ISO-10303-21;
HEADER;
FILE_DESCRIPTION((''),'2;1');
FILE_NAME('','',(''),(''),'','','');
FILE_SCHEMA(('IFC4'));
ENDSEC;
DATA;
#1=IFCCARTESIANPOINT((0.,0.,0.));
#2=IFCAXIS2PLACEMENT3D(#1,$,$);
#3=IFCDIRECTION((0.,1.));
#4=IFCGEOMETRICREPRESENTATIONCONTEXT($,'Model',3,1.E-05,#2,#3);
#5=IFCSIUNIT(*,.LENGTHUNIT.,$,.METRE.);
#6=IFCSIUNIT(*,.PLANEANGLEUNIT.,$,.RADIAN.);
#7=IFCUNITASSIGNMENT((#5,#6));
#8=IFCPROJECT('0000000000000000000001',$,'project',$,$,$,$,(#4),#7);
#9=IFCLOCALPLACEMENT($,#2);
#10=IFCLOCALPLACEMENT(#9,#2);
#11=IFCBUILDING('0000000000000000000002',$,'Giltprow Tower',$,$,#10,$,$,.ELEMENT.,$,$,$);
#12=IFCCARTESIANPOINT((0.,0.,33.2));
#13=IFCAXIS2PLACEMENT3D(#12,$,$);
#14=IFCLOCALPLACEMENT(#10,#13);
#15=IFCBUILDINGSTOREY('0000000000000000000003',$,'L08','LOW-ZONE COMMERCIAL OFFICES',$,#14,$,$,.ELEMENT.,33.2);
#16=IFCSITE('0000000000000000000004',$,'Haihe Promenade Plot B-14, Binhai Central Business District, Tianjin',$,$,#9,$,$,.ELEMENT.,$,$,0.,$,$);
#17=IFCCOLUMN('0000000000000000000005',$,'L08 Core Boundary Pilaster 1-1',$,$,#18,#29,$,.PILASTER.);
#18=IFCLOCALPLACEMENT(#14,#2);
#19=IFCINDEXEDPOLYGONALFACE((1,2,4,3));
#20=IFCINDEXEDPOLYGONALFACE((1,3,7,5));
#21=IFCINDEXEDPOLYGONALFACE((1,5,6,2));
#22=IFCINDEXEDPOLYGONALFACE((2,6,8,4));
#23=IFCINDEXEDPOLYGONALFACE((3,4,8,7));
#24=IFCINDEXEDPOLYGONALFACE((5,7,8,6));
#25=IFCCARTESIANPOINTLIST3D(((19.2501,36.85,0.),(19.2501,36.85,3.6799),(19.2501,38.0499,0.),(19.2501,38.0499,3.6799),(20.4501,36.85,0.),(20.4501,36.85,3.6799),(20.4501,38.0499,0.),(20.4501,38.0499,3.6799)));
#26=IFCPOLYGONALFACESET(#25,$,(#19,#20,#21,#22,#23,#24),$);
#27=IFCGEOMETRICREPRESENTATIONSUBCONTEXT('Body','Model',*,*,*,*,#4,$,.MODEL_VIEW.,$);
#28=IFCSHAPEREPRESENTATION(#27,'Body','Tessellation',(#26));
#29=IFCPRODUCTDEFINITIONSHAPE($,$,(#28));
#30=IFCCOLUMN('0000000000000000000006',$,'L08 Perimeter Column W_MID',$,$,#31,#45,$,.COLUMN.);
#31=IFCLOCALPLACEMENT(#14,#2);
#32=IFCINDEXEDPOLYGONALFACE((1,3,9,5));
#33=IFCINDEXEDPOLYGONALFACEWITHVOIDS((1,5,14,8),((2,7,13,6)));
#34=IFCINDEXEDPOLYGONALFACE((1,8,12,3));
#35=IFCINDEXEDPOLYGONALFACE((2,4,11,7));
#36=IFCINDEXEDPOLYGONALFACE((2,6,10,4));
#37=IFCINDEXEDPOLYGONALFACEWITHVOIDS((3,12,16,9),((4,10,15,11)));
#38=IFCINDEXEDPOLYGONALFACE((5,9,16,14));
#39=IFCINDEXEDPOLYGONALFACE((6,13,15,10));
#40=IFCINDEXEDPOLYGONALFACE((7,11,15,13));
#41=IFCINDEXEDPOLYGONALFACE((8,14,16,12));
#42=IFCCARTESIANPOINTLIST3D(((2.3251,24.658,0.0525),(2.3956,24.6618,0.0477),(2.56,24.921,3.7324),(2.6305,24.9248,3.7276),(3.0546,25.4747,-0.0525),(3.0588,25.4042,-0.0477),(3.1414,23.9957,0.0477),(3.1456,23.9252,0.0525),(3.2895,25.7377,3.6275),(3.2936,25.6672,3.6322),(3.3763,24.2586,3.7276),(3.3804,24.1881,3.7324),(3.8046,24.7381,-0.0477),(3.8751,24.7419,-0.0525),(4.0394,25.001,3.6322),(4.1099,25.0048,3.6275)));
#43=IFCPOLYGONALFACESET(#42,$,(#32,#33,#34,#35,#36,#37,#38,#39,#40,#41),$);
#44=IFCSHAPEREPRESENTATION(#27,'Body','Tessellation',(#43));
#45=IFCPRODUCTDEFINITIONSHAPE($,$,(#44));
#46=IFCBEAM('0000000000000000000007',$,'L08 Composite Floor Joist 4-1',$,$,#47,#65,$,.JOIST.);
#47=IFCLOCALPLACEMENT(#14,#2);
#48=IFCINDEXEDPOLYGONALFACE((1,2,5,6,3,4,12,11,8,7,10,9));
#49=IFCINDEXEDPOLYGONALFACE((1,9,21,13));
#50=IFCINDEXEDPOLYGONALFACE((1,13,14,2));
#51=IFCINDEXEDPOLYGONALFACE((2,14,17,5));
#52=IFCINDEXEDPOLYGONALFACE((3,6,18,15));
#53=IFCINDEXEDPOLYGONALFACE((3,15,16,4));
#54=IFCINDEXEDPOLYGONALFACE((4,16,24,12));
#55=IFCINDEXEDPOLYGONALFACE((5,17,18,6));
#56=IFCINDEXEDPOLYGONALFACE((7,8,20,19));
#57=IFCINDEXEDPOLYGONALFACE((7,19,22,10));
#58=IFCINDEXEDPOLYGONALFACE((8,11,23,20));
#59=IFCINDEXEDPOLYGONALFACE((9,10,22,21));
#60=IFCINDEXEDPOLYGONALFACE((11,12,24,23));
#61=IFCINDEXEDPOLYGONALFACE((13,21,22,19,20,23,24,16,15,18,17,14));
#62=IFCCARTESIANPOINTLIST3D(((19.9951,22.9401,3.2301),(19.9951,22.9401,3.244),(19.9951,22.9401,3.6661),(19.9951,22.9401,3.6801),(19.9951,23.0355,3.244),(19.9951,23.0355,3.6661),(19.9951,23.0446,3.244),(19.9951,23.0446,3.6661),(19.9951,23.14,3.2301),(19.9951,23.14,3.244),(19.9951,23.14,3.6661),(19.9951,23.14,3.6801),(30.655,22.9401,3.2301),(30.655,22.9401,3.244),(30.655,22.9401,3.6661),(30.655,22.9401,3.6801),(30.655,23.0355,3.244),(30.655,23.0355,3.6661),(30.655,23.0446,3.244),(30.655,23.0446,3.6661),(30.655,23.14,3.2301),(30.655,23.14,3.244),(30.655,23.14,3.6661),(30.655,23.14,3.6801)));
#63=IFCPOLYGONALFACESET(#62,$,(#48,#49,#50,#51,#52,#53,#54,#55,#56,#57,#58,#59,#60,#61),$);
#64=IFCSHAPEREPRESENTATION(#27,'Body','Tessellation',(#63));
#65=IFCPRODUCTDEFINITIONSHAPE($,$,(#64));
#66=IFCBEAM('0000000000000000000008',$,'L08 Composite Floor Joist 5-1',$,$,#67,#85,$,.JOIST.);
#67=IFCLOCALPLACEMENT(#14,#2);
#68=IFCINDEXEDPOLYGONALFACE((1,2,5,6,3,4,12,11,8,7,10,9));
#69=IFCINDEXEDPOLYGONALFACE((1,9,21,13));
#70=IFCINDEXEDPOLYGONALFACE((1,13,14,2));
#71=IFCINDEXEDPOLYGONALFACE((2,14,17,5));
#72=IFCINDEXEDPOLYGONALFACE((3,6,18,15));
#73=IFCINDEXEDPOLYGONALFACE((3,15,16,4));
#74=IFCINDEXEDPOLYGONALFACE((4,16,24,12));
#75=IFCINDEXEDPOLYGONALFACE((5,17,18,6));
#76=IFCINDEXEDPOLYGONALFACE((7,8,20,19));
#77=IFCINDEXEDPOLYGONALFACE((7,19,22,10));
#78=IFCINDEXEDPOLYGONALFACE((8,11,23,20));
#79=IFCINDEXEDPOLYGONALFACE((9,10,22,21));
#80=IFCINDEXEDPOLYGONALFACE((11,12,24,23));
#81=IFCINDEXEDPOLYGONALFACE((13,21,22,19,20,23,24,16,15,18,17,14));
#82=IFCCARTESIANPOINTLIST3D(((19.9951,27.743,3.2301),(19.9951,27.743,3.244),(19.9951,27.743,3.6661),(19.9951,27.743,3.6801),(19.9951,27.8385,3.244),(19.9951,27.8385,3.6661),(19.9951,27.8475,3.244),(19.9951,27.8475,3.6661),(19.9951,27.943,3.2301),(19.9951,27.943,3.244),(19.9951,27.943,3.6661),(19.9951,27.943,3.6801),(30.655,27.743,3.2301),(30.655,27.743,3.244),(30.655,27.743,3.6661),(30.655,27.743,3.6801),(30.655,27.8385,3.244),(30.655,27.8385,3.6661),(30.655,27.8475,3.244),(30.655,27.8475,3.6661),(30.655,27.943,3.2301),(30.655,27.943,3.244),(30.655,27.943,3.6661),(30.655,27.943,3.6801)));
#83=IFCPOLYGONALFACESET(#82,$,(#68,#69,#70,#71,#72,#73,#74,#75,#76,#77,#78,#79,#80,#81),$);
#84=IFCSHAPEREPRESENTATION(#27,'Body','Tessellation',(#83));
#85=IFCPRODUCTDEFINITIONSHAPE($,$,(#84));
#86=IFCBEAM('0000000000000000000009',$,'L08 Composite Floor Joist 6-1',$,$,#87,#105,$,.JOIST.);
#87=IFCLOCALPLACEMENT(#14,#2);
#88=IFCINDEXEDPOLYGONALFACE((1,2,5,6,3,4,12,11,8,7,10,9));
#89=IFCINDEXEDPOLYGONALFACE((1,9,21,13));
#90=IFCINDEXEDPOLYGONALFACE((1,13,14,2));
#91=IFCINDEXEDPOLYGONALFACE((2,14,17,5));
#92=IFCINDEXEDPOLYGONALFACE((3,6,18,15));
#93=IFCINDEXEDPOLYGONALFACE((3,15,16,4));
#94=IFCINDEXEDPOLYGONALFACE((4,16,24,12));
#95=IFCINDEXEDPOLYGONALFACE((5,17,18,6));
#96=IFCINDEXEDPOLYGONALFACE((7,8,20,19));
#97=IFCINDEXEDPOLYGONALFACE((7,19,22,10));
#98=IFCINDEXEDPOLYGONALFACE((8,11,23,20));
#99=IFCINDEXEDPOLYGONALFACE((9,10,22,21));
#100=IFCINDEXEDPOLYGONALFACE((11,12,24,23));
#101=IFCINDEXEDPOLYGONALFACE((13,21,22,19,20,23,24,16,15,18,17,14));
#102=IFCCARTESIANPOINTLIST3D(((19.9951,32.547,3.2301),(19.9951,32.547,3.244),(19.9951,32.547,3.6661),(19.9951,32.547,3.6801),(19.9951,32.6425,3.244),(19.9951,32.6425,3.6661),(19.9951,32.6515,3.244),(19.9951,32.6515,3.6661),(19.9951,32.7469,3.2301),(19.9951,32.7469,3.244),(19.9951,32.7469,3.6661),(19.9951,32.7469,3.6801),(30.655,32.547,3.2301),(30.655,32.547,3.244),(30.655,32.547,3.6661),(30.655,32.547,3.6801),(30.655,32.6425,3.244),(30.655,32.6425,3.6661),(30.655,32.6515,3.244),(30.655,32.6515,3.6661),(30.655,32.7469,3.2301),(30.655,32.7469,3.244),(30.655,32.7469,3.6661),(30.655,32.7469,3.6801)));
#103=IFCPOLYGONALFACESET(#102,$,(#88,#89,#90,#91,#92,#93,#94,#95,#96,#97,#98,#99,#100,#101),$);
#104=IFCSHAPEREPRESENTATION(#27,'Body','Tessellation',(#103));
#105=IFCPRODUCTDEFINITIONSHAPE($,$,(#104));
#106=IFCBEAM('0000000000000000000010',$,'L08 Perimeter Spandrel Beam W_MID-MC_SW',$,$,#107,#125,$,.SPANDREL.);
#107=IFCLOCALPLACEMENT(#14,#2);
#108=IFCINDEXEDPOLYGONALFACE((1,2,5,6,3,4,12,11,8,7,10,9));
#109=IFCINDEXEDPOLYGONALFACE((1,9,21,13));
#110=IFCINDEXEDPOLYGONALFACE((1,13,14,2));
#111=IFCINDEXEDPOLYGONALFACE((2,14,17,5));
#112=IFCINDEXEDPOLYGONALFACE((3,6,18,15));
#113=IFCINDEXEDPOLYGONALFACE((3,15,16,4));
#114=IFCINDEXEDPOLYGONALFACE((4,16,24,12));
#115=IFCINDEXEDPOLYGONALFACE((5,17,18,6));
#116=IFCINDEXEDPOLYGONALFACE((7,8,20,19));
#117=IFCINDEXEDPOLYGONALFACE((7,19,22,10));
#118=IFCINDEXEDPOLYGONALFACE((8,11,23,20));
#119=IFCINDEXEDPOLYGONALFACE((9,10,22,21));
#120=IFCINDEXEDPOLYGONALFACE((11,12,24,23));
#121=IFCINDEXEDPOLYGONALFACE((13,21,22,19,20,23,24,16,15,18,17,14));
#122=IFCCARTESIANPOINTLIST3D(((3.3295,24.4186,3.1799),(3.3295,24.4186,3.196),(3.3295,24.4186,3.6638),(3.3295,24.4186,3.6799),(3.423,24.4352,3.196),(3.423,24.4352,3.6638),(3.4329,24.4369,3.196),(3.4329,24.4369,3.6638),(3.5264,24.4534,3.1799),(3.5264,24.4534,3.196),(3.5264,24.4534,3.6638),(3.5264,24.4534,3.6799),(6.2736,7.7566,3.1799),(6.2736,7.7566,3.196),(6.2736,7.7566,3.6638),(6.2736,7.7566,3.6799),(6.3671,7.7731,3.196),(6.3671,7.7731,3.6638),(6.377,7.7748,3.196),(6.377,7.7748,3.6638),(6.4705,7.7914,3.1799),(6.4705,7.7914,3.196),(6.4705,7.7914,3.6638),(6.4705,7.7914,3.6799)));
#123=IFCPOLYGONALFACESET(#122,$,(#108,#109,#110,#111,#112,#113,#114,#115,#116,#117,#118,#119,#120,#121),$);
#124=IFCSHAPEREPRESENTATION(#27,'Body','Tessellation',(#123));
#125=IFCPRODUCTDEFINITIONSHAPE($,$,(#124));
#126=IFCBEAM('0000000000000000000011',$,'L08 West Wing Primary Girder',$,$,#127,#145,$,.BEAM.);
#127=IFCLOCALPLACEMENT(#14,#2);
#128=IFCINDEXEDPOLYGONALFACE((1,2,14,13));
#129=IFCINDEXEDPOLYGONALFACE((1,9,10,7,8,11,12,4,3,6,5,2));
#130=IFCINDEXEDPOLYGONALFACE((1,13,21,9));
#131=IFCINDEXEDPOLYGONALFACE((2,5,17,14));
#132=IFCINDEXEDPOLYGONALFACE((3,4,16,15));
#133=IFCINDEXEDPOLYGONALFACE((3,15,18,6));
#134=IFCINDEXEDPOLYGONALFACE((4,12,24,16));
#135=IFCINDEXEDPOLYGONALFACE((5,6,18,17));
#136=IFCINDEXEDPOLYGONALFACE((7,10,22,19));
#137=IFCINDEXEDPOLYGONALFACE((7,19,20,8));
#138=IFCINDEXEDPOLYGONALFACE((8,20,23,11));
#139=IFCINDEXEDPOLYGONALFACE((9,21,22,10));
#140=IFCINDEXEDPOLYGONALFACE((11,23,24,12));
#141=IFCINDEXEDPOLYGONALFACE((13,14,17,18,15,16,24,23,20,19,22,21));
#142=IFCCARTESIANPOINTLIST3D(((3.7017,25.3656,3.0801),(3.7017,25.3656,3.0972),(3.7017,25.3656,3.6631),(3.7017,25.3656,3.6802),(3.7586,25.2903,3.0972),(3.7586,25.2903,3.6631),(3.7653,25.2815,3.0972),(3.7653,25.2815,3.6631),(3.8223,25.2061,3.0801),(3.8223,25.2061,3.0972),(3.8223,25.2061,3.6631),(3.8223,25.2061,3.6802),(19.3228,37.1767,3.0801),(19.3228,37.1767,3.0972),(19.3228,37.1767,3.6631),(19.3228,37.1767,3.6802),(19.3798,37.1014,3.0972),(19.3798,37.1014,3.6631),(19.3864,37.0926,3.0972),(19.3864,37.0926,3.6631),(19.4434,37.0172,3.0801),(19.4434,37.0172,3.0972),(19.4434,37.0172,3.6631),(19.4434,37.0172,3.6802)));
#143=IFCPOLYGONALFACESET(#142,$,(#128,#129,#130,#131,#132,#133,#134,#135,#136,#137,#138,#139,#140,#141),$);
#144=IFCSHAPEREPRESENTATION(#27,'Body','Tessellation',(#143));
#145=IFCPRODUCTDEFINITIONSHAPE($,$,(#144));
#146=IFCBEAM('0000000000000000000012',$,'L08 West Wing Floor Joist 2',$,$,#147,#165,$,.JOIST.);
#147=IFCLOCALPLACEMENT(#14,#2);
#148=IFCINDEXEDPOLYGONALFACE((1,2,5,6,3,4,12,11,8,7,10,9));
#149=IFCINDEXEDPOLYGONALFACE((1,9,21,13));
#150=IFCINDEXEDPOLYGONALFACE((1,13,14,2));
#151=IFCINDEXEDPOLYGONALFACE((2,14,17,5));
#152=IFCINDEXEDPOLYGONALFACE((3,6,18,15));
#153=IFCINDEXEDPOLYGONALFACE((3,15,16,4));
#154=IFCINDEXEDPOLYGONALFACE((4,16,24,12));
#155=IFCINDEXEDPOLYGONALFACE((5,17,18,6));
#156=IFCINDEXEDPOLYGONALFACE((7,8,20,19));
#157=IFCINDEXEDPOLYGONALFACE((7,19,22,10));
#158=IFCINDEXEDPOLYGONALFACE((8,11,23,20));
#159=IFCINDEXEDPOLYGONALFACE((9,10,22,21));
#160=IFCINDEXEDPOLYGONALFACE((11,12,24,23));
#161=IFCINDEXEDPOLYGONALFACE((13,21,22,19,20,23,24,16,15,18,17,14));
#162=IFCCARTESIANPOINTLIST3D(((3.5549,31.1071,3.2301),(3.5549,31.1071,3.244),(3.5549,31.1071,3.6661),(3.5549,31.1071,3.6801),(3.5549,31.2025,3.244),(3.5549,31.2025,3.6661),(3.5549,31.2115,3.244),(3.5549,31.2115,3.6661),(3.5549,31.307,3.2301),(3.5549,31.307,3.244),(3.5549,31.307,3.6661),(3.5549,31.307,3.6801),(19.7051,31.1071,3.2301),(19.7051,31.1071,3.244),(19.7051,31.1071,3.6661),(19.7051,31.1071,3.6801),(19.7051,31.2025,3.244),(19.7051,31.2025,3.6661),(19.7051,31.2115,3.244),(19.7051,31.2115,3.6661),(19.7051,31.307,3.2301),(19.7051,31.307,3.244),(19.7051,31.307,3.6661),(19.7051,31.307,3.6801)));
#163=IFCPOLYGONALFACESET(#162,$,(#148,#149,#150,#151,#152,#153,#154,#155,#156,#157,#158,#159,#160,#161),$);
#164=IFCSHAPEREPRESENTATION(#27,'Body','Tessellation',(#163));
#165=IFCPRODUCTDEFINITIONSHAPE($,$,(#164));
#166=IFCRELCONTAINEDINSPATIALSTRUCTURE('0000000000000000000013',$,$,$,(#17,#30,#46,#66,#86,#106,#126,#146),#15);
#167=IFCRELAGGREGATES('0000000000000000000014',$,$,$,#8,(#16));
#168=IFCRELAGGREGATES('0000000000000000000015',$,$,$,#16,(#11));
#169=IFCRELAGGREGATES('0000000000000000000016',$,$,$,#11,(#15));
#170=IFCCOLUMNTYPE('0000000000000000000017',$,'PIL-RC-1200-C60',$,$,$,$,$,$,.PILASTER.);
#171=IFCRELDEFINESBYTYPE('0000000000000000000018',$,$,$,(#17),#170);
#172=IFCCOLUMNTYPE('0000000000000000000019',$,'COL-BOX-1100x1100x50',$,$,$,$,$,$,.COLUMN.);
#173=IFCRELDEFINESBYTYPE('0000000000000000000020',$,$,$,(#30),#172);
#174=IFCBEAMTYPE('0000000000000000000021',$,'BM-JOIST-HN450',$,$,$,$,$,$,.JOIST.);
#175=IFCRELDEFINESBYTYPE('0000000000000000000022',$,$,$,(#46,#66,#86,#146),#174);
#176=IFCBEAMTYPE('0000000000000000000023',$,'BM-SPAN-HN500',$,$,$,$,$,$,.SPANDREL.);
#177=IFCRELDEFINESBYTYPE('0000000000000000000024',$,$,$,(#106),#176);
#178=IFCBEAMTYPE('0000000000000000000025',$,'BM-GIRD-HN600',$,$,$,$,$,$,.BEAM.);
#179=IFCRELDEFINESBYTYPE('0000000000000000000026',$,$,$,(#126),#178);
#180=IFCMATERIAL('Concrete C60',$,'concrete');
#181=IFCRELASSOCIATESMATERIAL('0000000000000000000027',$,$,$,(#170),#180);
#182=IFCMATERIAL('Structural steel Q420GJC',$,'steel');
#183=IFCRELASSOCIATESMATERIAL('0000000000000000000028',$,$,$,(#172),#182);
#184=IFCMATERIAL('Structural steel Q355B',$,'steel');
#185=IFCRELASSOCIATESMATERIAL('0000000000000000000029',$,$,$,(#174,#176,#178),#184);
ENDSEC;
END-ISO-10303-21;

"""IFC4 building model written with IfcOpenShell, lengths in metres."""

from ifc_helpers import new_model, si_unit, direction, frame, origin, origin_2d, place, context, subcontext, project, spatial, rectangle, hollow_rectangle, i_section, extrude, source, transform, mapped, material, material_profile, profile_set, type_object, element, save


model = new_model("IFC4")

# Units and contexts
model_context = context("Model", 3, precision=1e-05, world=origin(), true_north=direction((0.0, 1.0)))
body_context = subcontext(model_context, "Body", "Model", "MODEL_VIEW")
ifc_project = project(units=[si_unit("LENGTHUNIT", "METRE"), si_unit("PLANEANGLEUNIT", "RADIAN")], contexts=[model_context])

# Site, building, storey
site_placement = place(None, origin())
site = spatial("IfcSite", under=ifc_project, at=site_placement, Name="Haihe Promenade Plot B-14, Binhai Central Business District, Tianjin", CompositionType="ELEMENT", RefElevation=0.0)
building_placement = place(site_placement, origin())
building = spatial("IfcBuilding", under=site, at=building_placement, Name="Giltprow Tower", CompositionType="ELEMENT")
storey_placement = place(building_placement, frame((0.0, 0.0, 33.2)))
storey = spatial("IfcBuildingStorey", under=building, at=storey_placement, Name="L08", Description="LOW-ZONE COMMERCIAL OFFICES", CompositionType="ELEMENT", Elevation=33.2)

# Columns
ifc_material_1 = material(Name="Concrete C60", Category="concrete")
ifc_material_profile_1 = material_profile(ifc_material_1, rectangle(XDim=1.2, YDim=1.2, at=origin_2d()), Name="RC 1200x1200")
ifc_profile_set_1 = profile_set([ifc_material_profile_1], Name="Concrete C60")
column_type_1 = type_object("IfcColumnType", Name="PIL-RC-1200-C60", PredefinedType="PILASTER", material=ifc_profile_set_1)
shared_shape_1 = source(origin(), body_context, "Body", "SweptSolid", [
    extrude(rectangle(XDim=1.2, YDim=1.2, at=origin_2d()), origin(), (0.0, 0.0, 1.0), 3.6799),
])
column_1_placement = place(storey_placement, frame((19.8501, 37.45, 0.0), z_axis=(0.0, 0.0, 1.0), x_axis=(1.0, 0.0, 0.0)))
element("IfcColumn", 1, at=column_1_placement, inside=storey, type_object=column_type_1, Name="L08 Core Boundary Pilaster 1-1", PredefinedType="PILASTER", context=body_context, shape_type="MappedRepresentation", body=[
    mapped(shared_shape_1, transform((0.0, 0.0, 0.0), x_axis=(1.0, 0.0, 0.0), y_axis=(0.0, 1.0, 0.0), z_axis=(0.0, 0.0, 1.0), scale=1.0)),
])
ifc_material_2 = material(Name="Structural steel Q420GJC", Category="steel")
ifc_material_profile_2 = material_profile(ifc_material_2, hollow_rectangle(XDim=1.1001, YDim=1.1001, WallThickness=0.05, at=origin_2d()), Name="BOX 1100x1100x50")
ifc_profile_set_2 = profile_set([ifc_material_profile_2], Name="Structural steel Q420GJC")
column_type_2 = type_object("IfcColumnType", Name="COL-BOX-1100x1100x50", PredefinedType="COLUMN", material=ifc_profile_set_2)
shared_shape_2 = source(origin(), body_context, "Body", "SweptSolid", [
    extrude(hollow_rectangle(XDim=1.1001, YDim=1.1001, WallThickness=0.05, at=origin_2d()), origin(), (0.0, 0.0, 1.0), 3.6968),
])
column_2_placement = place(storey_placement, frame((3.1001, 24.7, 0.0), z_axis=(0.063532, 0.071127, 0.995442), x_axis=(-0.745802, 0.666167, 0.0)))
element("IfcColumn", 2, at=column_2_placement, inside=storey, type_object=column_type_2, Name="L08 Perimeter Column W_MID", PredefinedType="COLUMN", context=body_context, shape_type="MappedRepresentation", body=[
    mapped(shared_shape_2, transform((0.0, 0.0, 0.0), x_axis=(1.0, 0.0, 0.0), y_axis=(0.0, 1.0, 0.0), z_axis=(0.0, 0.0, 1.0), scale=1.0)),
])

# Beams
ifc_material_3 = material(Name="Structural steel Q355B", Category="steel")
ifc_material_profile_3 = material_profile(ifc_material_3, i_section(OverallWidth=0.2, OverallDepth=0.45, WebThickness=0.009, FlangeThickness=0.0139, at=origin_2d()), Name="HN 450x200x9x14")
ifc_profile_set_3 = profile_set([ifc_material_profile_3], Name="Structural steel Q355B")
beam_type_1 = type_object("IfcBeamType", Name="BM-JOIST-HN450", PredefinedType="JOIST", material=ifc_profile_set_3)
shared_shape_3 = source(origin(), body_context, "Body", "SweptSolid", [
    extrude(i_section(OverallWidth=0.2, OverallDepth=0.45, WebThickness=0.009, FlangeThickness=0.0139, at=origin_2d()), origin(), (0.0, 0.0, 1.0), 10.6599),
])
for number, where, z_axis, x_axis, name in (
    (3, (19.9951, 23.04, 3.4551), (1.0, 0.0, 0.0), (0.0, 1.0, 0.0), "L08 Composite Floor Joist 4-1"),
    (4, (19.9951, 27.843, 3.4551), (1.0, 0.0, 0.0), (0.0, 1.0, 0.0), "L08 Composite Floor Joist 5-1"),
    (5, (19.9951, 32.647, 3.4551), (1.0, 0.0, 0.0), (0.0, 1.0, 0.0), "L08 Composite Floor Joist 6-1"),
):
    element("IfcBeam", number, at=place(storey_placement, frame(where, z_axis=z_axis, x_axis=x_axis)), inside=storey, type_object=beam_type_1, Name=name, PredefinedType="JOIST", context=body_context, shape_type="MappedRepresentation", body=[
        mapped(shared_shape_3, transform((0.0, 0.0, 0.0), x_axis=(1.0, 0.0, 0.0), y_axis=(0.0, 1.0, 0.0), z_axis=(0.0, 0.0, 1.0), scale=1.0)),
    ])
ifc_material_profile_4 = material_profile(ifc_material_3, i_section(OverallWidth=0.2, OverallDepth=0.5, WebThickness=0.01, FlangeThickness=0.0161, at=origin_2d()), Name="HN 500x200x10x16")
ifc_profile_set_4 = profile_set([ifc_material_profile_4], Name="Structural steel Q355B")
beam_type_2 = type_object("IfcBeamType", Name="BM-SPAN-HN500", PredefinedType="SPANDREL", material=ifc_profile_set_4)
shared_shape_4 = source(origin(), body_context, "Body", "SweptSolid", [
    extrude(i_section(OverallWidth=0.2, OverallDepth=0.5, WebThickness=0.01, FlangeThickness=0.0161, at=origin_2d()), origin(), (0.0, 0.0, 1.0), 16.9202),
])
beam_1_placement = place(storey_placement, frame((3.428, 24.436, 3.4299), z_axis=(0.173999, -0.984746, 0.0), x_axis=(0.984746, 0.173999, 0.0)))
element("IfcBeam", 6, at=beam_1_placement, inside=storey, type_object=beam_type_2, Name="L08 Perimeter Spandrel Beam W_MID-MC_SW", PredefinedType="SPANDREL", context=body_context, shape_type="MappedRepresentation", body=[
    mapped(shared_shape_4, transform((0.0, 0.0, 0.0), x_axis=(1.0, 0.0, 0.0), y_axis=(0.0, 1.0, 0.0), z_axis=(0.0, 0.0, 1.0), scale=1.0)),
])
ifc_material_profile_5 = material_profile(ifc_material_3, i_section(OverallWidth=0.2, OverallDepth=0.6001, WebThickness=0.011, FlangeThickness=0.0171, at=origin_2d()), Name="HN 600x200x11x17")
ifc_profile_set_5 = profile_set([ifc_material_profile_5], Name="Structural steel Q355B")
beam_type_3 = type_object("IfcBeamType", Name="BM-GIRD-HN600", PredefinedType="BEAM", material=ifc_profile_set_5)
shared_shape_5 = source(origin(), body_context, "Body", "SweptSolid", [
    extrude(i_section(OverallWidth=0.2, OverallDepth=0.6001, WebThickness=0.011, FlangeThickness=0.0171, at=origin_2d()), origin(), (0.0, 0.0, 1.0), 19.5837),
])
beam_2_placement = place(storey_placement, frame((3.762, 25.2859, 3.3801), z_axis=(0.79766, 0.603107, 0.0), x_axis=(-0.603107, 0.79766, 0.0)))
element("IfcBeam", 7, at=beam_2_placement, inside=storey, type_object=beam_type_3, Name="L08 West Wing Primary Girder", PredefinedType="BEAM", context=body_context, shape_type="MappedRepresentation", body=[
    mapped(shared_shape_5, transform((0.0, 0.0, 0.0), x_axis=(1.0, 0.0, 0.0), y_axis=(0.0, 1.0, 0.0), z_axis=(0.0, 0.0, 1.0), scale=1.0)),
])
shared_shape_6 = source(origin(), body_context, "Body", "SweptSolid", [
    extrude(i_section(OverallWidth=0.2, OverallDepth=0.45, WebThickness=0.009, FlangeThickness=0.0139, at=origin_2d()), origin(), (0.0, 0.0, 1.0), 16.1501),
])
beam_3_placement = place(storey_placement, frame((3.5549, 31.207, 3.4551), z_axis=(1.0, 0.0, 0.0), x_axis=(0.0, 1.0, 0.0)))
element("IfcBeam", 8, at=beam_3_placement, inside=storey, type_object=beam_type_1, Name="L08 West Wing Floor Joist 2", PredefinedType="JOIST", context=body_context, shape_type="MappedRepresentation", body=[
    mapped(shared_shape_6, transform((0.0, 0.0, 0.0), x_axis=(1.0, 0.0, 0.0), y_axis=(0.0, 1.0, 0.0), z_axis=(0.0, 0.0, 1.0), scale=1.0)),
])

save(model, "model.ifc")
